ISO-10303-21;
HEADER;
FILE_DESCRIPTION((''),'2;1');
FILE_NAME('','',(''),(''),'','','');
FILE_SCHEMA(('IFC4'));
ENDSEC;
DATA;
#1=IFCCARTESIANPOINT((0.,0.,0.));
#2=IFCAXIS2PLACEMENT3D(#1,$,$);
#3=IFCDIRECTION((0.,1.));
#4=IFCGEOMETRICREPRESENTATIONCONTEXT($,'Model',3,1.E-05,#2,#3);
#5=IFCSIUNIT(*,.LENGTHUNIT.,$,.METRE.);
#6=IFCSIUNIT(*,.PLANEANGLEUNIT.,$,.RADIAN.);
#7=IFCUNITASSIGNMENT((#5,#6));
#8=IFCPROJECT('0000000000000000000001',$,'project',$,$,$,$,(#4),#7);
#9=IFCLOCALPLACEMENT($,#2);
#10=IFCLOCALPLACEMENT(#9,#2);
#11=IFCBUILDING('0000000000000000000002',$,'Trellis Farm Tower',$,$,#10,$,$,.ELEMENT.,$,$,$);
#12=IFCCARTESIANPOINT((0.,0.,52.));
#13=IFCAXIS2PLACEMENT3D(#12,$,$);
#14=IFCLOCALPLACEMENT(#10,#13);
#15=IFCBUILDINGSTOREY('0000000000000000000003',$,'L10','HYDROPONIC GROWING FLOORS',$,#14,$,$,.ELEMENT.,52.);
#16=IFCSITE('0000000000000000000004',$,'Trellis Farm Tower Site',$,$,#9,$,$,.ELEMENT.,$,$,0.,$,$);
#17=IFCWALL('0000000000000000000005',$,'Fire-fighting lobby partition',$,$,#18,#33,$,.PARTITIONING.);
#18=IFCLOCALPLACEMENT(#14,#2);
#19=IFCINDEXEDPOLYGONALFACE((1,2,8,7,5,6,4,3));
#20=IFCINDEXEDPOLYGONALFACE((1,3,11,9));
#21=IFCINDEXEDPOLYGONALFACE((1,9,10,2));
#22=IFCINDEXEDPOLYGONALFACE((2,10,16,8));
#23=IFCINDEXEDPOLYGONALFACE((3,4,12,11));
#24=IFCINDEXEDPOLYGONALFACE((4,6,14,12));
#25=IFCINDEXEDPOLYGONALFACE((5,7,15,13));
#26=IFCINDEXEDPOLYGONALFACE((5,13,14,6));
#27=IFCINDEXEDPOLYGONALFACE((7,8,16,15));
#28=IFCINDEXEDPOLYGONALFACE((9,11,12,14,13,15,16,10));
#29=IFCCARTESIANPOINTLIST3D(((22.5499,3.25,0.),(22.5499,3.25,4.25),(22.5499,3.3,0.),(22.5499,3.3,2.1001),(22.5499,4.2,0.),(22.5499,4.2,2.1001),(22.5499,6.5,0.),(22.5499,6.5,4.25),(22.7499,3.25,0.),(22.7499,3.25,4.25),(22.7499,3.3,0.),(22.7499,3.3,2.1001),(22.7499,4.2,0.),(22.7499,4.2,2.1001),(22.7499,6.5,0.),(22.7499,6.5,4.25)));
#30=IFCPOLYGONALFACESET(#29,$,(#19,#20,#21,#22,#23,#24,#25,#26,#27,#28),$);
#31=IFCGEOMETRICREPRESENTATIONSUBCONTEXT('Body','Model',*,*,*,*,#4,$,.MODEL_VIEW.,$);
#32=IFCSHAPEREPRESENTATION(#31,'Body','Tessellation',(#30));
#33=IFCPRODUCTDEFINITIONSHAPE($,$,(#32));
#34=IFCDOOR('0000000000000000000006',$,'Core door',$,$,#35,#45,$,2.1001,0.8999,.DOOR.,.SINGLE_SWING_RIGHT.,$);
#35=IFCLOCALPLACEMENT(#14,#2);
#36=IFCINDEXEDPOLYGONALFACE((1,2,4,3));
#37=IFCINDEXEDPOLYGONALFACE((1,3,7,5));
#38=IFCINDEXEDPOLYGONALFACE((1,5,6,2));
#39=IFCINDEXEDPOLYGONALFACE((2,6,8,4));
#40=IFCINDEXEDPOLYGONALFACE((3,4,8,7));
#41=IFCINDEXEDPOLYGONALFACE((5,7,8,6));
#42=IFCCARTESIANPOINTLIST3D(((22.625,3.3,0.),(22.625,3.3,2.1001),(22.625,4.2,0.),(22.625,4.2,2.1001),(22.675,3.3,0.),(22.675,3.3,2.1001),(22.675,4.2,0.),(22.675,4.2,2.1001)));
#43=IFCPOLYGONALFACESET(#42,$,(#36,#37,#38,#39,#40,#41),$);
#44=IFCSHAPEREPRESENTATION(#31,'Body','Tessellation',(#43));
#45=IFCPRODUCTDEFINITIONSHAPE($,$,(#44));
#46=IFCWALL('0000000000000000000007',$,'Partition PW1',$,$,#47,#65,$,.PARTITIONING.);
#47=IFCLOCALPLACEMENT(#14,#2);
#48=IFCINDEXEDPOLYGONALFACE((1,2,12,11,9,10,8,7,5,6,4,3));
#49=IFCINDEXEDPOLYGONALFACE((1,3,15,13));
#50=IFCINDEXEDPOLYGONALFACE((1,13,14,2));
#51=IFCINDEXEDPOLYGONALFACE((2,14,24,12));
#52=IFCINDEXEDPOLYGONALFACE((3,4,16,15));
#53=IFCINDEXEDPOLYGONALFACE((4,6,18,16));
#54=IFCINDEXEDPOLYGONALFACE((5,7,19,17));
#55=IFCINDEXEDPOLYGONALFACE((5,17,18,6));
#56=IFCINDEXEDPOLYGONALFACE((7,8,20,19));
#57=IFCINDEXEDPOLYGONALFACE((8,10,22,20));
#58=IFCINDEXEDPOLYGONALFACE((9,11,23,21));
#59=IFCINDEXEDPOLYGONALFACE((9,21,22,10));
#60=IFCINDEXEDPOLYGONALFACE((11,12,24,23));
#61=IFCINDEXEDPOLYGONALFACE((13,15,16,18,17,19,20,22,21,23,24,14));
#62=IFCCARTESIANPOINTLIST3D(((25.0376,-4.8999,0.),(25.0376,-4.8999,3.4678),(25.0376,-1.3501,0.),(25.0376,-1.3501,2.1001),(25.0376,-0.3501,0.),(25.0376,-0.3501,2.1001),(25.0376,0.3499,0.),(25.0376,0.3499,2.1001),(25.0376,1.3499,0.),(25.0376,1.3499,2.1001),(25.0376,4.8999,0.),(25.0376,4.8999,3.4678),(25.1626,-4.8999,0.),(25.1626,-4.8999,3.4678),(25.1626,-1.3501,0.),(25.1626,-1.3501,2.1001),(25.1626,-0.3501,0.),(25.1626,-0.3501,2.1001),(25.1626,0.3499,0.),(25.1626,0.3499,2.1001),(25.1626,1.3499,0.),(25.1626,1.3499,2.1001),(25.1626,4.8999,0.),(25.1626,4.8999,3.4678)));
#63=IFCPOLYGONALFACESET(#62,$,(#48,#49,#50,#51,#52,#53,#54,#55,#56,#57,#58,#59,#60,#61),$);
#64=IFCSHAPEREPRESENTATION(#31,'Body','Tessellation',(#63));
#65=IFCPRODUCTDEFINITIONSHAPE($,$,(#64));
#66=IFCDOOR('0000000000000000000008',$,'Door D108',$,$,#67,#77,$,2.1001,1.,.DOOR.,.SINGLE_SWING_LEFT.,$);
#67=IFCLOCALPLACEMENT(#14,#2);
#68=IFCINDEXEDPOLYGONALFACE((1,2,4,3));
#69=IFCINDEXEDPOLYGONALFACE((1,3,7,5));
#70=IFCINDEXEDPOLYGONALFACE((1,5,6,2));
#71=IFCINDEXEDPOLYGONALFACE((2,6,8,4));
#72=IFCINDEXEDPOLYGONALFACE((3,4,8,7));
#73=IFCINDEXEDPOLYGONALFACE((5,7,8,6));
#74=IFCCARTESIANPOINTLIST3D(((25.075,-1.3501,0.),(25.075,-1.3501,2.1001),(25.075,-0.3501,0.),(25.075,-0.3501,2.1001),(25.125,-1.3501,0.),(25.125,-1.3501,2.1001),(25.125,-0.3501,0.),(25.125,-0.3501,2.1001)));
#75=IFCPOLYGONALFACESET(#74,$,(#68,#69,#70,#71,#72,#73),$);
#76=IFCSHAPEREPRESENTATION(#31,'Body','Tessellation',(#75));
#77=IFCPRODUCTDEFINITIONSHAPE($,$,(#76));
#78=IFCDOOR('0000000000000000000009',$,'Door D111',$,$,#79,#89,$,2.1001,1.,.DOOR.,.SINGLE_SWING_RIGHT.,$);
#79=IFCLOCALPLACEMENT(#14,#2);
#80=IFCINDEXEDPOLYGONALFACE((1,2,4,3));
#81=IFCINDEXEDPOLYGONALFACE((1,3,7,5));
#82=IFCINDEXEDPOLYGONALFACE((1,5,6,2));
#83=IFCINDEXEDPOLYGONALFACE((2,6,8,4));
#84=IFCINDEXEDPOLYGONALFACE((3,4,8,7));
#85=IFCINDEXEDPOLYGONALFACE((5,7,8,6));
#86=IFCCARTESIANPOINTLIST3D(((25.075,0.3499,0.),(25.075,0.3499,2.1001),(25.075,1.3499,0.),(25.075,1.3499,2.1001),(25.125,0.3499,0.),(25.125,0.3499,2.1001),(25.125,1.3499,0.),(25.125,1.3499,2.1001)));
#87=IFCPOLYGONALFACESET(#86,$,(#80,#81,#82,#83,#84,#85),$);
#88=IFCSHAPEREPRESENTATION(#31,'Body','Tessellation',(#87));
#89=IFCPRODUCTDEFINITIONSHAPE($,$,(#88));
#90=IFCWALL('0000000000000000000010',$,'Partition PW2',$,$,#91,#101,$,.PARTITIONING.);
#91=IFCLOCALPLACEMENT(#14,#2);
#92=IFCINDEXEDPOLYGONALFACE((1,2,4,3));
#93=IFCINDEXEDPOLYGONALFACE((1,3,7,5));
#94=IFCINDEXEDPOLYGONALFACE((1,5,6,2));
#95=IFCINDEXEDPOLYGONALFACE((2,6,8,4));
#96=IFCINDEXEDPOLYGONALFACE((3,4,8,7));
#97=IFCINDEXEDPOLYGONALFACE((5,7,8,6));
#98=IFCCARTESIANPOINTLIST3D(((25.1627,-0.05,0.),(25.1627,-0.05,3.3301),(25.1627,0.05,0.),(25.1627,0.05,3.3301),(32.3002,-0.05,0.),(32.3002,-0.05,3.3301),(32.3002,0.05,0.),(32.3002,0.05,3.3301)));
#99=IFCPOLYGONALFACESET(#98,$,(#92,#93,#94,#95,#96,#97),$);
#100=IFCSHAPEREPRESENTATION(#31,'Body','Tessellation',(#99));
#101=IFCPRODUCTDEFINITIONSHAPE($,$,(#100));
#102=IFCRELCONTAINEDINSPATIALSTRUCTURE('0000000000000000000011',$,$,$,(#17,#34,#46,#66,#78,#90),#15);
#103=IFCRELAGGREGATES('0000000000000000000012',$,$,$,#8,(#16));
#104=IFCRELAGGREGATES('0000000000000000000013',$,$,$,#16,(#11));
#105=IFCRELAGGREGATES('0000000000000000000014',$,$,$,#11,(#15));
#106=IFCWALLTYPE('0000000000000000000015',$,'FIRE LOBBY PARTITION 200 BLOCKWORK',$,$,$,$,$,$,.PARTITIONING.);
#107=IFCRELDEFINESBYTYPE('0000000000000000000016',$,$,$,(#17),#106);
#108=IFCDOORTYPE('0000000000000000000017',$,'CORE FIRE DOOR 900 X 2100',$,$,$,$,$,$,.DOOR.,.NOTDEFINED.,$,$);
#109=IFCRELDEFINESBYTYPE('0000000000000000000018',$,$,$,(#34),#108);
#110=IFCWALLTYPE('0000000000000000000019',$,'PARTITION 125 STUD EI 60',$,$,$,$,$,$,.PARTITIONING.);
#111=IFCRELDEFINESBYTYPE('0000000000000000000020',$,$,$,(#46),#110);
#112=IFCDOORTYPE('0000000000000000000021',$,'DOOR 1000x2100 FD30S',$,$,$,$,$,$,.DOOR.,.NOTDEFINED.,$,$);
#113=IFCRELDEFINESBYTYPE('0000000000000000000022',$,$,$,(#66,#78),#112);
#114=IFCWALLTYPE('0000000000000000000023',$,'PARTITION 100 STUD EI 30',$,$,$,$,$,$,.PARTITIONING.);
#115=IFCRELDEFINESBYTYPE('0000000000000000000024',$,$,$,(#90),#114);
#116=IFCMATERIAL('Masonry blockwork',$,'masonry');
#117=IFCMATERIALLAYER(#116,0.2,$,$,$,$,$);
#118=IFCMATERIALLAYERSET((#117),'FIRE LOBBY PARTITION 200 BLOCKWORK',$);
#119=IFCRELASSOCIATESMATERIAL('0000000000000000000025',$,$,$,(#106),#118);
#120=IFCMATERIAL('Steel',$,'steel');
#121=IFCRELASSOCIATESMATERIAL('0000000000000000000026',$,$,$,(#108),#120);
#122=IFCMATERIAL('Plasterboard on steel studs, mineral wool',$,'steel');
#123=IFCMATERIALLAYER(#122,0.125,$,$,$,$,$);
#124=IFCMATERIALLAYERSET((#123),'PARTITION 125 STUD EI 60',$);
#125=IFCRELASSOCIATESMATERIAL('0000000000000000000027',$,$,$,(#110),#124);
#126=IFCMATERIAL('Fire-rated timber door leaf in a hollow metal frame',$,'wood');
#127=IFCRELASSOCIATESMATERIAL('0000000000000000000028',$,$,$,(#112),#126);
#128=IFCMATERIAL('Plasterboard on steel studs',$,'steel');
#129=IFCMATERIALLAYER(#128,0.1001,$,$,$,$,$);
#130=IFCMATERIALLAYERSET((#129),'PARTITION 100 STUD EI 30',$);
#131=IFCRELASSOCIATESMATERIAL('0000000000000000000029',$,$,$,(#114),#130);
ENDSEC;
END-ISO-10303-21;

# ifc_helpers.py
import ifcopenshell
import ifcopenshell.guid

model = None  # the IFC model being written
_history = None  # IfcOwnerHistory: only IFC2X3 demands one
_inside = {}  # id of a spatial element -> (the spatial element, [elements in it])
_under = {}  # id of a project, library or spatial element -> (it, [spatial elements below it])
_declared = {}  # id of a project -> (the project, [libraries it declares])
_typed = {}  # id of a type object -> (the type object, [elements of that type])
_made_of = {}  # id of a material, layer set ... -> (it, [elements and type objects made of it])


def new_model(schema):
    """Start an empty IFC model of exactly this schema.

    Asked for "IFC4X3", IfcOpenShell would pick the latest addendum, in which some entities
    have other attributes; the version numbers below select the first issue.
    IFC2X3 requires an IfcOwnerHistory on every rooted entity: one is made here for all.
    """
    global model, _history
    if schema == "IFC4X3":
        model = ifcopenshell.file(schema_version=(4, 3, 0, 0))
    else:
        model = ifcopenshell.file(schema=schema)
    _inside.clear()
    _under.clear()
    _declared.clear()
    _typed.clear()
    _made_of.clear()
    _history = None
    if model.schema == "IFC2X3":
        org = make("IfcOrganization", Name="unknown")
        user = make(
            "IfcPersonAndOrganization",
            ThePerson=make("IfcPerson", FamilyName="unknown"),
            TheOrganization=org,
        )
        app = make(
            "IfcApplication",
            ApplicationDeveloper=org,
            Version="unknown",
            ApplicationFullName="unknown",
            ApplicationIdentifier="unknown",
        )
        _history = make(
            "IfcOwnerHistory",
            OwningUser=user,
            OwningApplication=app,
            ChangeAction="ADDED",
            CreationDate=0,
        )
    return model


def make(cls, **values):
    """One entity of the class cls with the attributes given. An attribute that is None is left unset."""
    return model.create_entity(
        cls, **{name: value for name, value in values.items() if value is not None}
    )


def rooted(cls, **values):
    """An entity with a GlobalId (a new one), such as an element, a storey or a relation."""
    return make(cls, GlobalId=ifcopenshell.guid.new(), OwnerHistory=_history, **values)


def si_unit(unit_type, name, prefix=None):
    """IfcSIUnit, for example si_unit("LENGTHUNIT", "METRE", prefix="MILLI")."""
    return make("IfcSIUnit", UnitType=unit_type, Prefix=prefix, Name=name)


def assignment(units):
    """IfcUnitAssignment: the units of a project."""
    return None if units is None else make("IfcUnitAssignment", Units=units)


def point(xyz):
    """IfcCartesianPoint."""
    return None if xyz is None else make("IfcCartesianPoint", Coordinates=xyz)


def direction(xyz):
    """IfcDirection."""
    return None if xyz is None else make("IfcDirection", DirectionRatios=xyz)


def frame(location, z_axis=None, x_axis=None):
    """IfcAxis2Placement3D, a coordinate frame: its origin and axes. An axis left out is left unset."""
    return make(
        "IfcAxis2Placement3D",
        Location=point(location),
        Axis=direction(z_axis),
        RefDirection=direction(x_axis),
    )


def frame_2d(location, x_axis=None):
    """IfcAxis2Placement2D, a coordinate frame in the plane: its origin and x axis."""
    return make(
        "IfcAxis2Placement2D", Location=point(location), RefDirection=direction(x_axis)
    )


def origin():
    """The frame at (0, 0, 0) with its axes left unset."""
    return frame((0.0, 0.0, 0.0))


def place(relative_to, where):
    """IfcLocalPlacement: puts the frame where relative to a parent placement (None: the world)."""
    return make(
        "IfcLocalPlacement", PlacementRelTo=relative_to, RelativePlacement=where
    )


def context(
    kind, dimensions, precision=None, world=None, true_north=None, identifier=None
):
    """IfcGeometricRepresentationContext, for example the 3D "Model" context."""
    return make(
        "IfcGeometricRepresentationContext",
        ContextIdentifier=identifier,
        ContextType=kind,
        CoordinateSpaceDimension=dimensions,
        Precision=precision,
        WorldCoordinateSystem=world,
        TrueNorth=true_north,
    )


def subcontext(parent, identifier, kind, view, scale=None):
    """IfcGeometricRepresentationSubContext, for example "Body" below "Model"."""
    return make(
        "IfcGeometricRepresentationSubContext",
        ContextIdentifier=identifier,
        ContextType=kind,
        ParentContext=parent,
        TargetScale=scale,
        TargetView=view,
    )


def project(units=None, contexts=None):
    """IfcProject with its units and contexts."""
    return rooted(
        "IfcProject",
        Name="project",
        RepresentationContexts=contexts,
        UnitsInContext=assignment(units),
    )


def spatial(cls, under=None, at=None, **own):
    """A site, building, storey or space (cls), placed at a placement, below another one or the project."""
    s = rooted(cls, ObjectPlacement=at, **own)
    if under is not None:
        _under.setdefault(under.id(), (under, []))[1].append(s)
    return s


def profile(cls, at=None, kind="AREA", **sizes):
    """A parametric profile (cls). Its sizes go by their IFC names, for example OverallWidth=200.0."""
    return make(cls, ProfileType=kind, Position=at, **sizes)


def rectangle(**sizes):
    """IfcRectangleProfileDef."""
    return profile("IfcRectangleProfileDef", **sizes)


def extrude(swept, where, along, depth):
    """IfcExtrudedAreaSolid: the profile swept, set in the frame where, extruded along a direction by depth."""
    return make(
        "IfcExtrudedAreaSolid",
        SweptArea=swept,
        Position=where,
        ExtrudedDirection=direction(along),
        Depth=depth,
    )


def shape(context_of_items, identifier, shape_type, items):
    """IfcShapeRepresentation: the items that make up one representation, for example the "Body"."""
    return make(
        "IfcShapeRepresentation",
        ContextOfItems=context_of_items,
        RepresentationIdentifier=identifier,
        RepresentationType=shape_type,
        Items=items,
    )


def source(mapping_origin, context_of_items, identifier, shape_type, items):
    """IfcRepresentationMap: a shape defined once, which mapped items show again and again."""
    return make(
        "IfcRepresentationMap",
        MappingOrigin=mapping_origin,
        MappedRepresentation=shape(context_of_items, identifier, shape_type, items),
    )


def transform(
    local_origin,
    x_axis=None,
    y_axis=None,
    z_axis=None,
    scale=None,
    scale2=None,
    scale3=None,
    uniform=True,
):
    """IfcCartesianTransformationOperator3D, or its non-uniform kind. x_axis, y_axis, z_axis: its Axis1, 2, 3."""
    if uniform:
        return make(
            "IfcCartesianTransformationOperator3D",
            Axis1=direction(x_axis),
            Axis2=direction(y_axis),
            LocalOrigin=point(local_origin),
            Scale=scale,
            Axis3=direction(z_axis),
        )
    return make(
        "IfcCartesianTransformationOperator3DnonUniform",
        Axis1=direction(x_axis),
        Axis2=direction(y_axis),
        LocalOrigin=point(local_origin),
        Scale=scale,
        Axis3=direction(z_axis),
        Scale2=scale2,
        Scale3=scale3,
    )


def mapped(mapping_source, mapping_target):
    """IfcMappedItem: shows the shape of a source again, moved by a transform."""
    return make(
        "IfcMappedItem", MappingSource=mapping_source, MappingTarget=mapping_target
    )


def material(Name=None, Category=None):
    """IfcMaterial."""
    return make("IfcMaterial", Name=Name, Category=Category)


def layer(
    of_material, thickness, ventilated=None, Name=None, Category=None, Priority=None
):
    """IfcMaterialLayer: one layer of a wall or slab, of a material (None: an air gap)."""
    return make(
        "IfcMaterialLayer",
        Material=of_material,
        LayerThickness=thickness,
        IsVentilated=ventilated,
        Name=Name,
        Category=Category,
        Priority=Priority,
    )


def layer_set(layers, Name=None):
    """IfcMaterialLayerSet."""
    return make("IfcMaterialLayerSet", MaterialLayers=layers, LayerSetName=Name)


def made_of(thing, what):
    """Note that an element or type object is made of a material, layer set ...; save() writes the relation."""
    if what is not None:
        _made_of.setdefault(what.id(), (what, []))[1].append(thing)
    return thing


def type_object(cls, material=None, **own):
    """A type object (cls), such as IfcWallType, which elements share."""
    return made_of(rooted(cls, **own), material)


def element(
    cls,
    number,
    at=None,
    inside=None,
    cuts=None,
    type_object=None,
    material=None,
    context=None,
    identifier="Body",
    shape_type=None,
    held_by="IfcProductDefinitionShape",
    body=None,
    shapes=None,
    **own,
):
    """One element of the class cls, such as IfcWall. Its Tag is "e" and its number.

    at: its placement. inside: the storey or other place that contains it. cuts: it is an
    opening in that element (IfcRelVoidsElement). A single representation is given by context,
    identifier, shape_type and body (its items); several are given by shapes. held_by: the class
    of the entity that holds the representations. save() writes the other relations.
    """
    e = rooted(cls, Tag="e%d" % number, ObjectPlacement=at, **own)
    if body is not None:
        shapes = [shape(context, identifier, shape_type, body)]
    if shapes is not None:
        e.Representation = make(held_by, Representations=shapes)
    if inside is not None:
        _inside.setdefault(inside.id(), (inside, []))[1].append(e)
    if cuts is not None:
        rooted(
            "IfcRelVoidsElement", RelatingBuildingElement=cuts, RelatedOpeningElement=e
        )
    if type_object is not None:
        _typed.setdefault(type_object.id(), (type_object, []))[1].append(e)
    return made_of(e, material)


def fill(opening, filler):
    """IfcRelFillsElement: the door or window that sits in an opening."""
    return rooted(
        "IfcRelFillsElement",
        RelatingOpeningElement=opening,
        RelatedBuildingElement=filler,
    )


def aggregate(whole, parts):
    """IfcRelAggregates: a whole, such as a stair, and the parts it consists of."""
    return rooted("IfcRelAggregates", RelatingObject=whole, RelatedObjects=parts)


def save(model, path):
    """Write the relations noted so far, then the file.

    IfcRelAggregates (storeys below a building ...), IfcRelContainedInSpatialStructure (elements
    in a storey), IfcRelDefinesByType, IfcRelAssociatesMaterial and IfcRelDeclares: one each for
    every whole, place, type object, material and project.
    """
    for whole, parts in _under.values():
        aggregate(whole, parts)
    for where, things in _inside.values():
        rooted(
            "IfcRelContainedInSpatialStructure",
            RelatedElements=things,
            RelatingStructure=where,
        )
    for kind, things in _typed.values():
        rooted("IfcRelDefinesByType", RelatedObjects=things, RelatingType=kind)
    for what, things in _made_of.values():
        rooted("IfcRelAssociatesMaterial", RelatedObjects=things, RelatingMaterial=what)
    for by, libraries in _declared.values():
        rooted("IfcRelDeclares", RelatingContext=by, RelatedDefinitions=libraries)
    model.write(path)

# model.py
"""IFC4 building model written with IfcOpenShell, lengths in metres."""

from ifc_helpers import new_model, si_unit, direction, frame, frame_2d, origin, place, context, subcontext, project, spatial, rectangle, extrude, source, transform, mapped, material, layer, layer_set, type_object, element, fill, save


model = new_model("IFC4")

# Units and contexts
model_context = context("Model", 3, precision=1e-05, world=origin(), true_north=direction((0.0, 1.0)))
body_context = subcontext(model_context, "Body", "Model", "MODEL_VIEW")
ifc_project = project(units=[si_unit("LENGTHUNIT", "METRE"), si_unit("PLANEANGLEUNIT", "RADIAN")], contexts=[model_context])

# Site, building, storey
site_placement = place(None, origin())
site = spatial("IfcSite", under=ifc_project, at=site_placement, Name="Trellis Farm Tower Site", CompositionType="ELEMENT", RefElevation=0.0)
building_placement = place(site_placement, origin())
building = spatial("IfcBuilding", under=site, at=building_placement, Name="Trellis Farm Tower", CompositionType="ELEMENT")
storey_placement = place(building_placement, frame((0.0, 0.0, 52.0)))
storey = spatial("IfcBuildingStorey", under=building, at=storey_placement, Name="L10", Description="HYDROPONIC GROWING FLOORS", CompositionType="ELEMENT", Elevation=52.0)

# Wall, opening, door
ifc_material_1 = material(Name="Masonry blockwork", Category="masonry")
ifc_layer_1 = layer(ifc_material_1, 0.2)
ifc_layer_set_1 = layer_set([ifc_layer_1], Name="FIRE LOBBY PARTITION 200 BLOCKWORK")
wall_type_1 = type_object("IfcWallType", Name="FIRE LOBBY PARTITION 200 BLOCKWORK", PredefinedType="PARTITIONING", material=ifc_layer_set_1)
shared_shape_1 = source(origin(), body_context, "Body", "SweptSolid", [
    extrude(rectangle(XDim=3.25, YDim=0.2, at=frame_2d((1.625, 0.0))), origin(), (0.0, 0.0, 1.0), 4.25),
])
ifc_material_2 = material(Name="Steel", Category="steel")
wall_1_placement = place(storey_placement, frame((22.6499, 3.25, 0.0), z_axis=(0.0, 0.0, 1.0), x_axis=(0.0, 1.0, 0.0)))
wall_1 = element("IfcWall", 1, at=wall_1_placement, inside=storey, type_object=wall_type_1, Name="Fire-fighting lobby partition", PredefinedType="PARTITIONING", context=body_context, shape_type="MappedRepresentation", body=[
    mapped(shared_shape_1, transform((0.0, 0.0, 0.0))),
])
shared_shape_2 = source(origin(), body_context, "Body", "SweptSolid", [
    extrude(rectangle(XDim=0.8999, YDim=2.1001, at=frame_2d((0.45, 1.05))), frame((0.0, 0.1101, 0.0), z_axis=(0.0, -1.0, 0.0), x_axis=(1.0, 0.0, 0.0)), (0.0, 0.0, 1.0), 0.2202),
])
opening_1_placement = place(wall_1_placement, frame((0.05, 0.0, 0.0)))
opening_1 = element("IfcOpeningElement", 2, at=opening_1_placement, cuts=wall_1, PredefinedType="OPENING", context=body_context, shape_type="MappedRepresentation", body=[
    mapped(shared_shape_2, transform((0.0, 0.0, 0.0))),
])
door_type_1 = type_object("IfcDoorType", Name="CORE FIRE DOOR 900 X 2100", OperationType="NOTDEFINED", PredefinedType="DOOR", material=ifc_material_2)
shared_shape_3 = source(origin(), body_context, "Body", "SweptSolid", [
    extrude(rectangle(XDim=0.8999, YDim=2.1001, at=frame_2d((0.45, 1.05))), frame((0.0, 0.0249, 0.0), z_axis=(0.0, -1.0, 0.0), x_axis=(1.0, 0.0, 0.0)), (0.0, 0.0, 1.0), 0.05),
])
door_1_placement = place(opening_1_placement, origin())
door_1 = element("IfcDoor", 3, at=door_1_placement, inside=storey, type_object=door_type_1, Name="Core door", OperationType="SINGLE_SWING_RIGHT", OverallHeight=2.1001, OverallWidth=0.8999, PredefinedType="DOOR", context=body_context, shape_type="MappedRepresentation", body=[
    mapped(shared_shape_3, transform((0.0, 0.0, 0.0))),
])
fill(opening_1, door_1)

# Wall, openings, doors
ifc_material_3 = material(Name="Plasterboard on steel studs, mineral wool", Category="steel")
ifc_layer_2 = layer(ifc_material_3, 0.125)
ifc_layer_set_2 = layer_set([ifc_layer_2], Name="PARTITION 125 STUD EI 60")
wall_type_2 = type_object("IfcWallType", Name="PARTITION 125 STUD EI 60", PredefinedType="PARTITIONING", material=ifc_layer_set_2)
shared_shape_4 = source(origin(), body_context, "Body", "SweptSolid", [
    extrude(rectangle(XDim=9.7998, YDim=0.125, at=frame_2d((4.8999, 0.0))), origin(), (0.0, 0.0, 1.0), 3.4678),
])
wall_2_placement = place(storey_placement, frame((25.1001, 4.8999, 0.0), z_axis=(0.0, 0.0, 1.0), x_axis=(0.0, -1.0, 0.0)))
wall_2 = element("IfcWall", 4, at=wall_2_placement, inside=storey, type_object=wall_type_2, Name="Partition PW1", PredefinedType="PARTITIONING", context=body_context, shape_type="MappedRepresentation", body=[
    mapped(shared_shape_4, transform((0.0, 0.0, 0.0))),
])
shared_shape_5 = source(origin(), body_context, "Body", "SweptSolid", [
    extrude(rectangle(XDim=1.0, YDim=2.1001, at=frame_2d((0.5, 1.05))), frame((0.0, 0.0725, 0.0), z_axis=(0.0, -1.0, 0.0), x_axis=(1.0, 0.0, 0.0)), (0.0, 0.0, 1.0), 0.145),
])
opening_2_placement = place(wall_2_placement, frame((5.25, 0.0, 0.0)))
opening_2 = element("IfcOpeningElement", 5, at=opening_2_placement, cuts=wall_2, PredefinedType="OPENING", context=body_context, shape_type="MappedRepresentation", body=[
    mapped(shared_shape_5, transform((0.0, 0.0, 0.0))),
])
opening_3_placement = place(wall_2_placement, frame((3.55, 0.0, 0.0)))
opening_3 = element("IfcOpeningElement", 6, at=opening_3_placement, cuts=wall_2, PredefinedType="OPENING", context=body_context, shape_type="MappedRepresentation", body=[
    mapped(shared_shape_5, transform((0.0, 0.0, 0.0))),
])
ifc_material_4 = material(Name="Fire-rated timber door leaf in a hollow metal frame", Category="wood")
door_type_2 = type_object("IfcDoorType", Name="DOOR 1000x2100 FD30S", OperationType="NOTDEFINED", PredefinedType="DOOR", material=ifc_material_4)
shared_shape_6 = source(origin(), body_context, "Body", "SweptSolid", [
    extrude(rectangle(XDim=1.0, YDim=2.1001, at=frame_2d((0.5, 1.05))), frame((0.0, 0.0249, 0.0), z_axis=(0.0, -1.0, 0.0), x_axis=(1.0, 0.0, 0.0)), (0.0, 0.0, 1.0), 0.05),
])
door_2_placement = place(opening_2_placement, origin())
door_2 = element("IfcDoor", 7, at=door_2_placement, inside=storey, type_object=door_type_2, Name="Door D108", OperationType="SINGLE_SWING_LEFT", OverallHeight=2.1001, OverallWidth=1.0, PredefinedType="DOOR", context=body_context, shape_type="MappedRepresentation", body=[
    mapped(shared_shape_6, transform((0.0, 0.0, 0.0))),
])
fill(opening_2, door_2)
door_3_placement = place(opening_3_placement, origin())
door_3 = element("IfcDoor", 8, at=door_3_placement, inside=storey, type_object=door_type_2, Name="Door D111", OperationType="SINGLE_SWING_RIGHT", OverallHeight=2.1001, OverallWidth=1.0, PredefinedType="DOOR", context=body_context, shape_type="MappedRepresentation", body=[
    mapped(shared_shape_6, transform((0.0, 0.0, 0.0))),
])
fill(opening_3, door_3)

# Wall
ifc_material_5 = material(Name="Plasterboard on steel studs", Category="steel")
ifc_layer_3 = layer(ifc_material_5, 0.1001)
ifc_layer_set_3 = layer_set([ifc_layer_3], Name="PARTITION 100 STUD EI 30")
wall_type_3 = type_object("IfcWallType", Name="PARTITION 100 STUD EI 30", PredefinedType="PARTITIONING", material=ifc_layer_set_3)
shared_shape_7 = source(origin(), body_context, "Body", "SweptSolid", [
    extrude(rectangle(XDim=7.1375, YDim=0.1001, at=frame_2d((3.5688, 0.0))), origin(), (0.0, 0.0, 1.0), 3.3301),
])
wall_3_placement = place(storey_placement, frame((25.1626, 0.0, 0.0), z_axis=(0.0, 0.0, 1.0), x_axis=(1.0, 0.0, 0.0)))
element("IfcWall", 9, at=wall_3_placement, inside=storey, type_object=wall_type_3, Name="Partition PW2", PredefinedType="PARTITIONING", context=body_context, shape_type="MappedRepresentation", body=[
    mapped(shared_shape_7, transform((0.0, 0.0, 0.0))),
])

save(model, "model.ifc")
